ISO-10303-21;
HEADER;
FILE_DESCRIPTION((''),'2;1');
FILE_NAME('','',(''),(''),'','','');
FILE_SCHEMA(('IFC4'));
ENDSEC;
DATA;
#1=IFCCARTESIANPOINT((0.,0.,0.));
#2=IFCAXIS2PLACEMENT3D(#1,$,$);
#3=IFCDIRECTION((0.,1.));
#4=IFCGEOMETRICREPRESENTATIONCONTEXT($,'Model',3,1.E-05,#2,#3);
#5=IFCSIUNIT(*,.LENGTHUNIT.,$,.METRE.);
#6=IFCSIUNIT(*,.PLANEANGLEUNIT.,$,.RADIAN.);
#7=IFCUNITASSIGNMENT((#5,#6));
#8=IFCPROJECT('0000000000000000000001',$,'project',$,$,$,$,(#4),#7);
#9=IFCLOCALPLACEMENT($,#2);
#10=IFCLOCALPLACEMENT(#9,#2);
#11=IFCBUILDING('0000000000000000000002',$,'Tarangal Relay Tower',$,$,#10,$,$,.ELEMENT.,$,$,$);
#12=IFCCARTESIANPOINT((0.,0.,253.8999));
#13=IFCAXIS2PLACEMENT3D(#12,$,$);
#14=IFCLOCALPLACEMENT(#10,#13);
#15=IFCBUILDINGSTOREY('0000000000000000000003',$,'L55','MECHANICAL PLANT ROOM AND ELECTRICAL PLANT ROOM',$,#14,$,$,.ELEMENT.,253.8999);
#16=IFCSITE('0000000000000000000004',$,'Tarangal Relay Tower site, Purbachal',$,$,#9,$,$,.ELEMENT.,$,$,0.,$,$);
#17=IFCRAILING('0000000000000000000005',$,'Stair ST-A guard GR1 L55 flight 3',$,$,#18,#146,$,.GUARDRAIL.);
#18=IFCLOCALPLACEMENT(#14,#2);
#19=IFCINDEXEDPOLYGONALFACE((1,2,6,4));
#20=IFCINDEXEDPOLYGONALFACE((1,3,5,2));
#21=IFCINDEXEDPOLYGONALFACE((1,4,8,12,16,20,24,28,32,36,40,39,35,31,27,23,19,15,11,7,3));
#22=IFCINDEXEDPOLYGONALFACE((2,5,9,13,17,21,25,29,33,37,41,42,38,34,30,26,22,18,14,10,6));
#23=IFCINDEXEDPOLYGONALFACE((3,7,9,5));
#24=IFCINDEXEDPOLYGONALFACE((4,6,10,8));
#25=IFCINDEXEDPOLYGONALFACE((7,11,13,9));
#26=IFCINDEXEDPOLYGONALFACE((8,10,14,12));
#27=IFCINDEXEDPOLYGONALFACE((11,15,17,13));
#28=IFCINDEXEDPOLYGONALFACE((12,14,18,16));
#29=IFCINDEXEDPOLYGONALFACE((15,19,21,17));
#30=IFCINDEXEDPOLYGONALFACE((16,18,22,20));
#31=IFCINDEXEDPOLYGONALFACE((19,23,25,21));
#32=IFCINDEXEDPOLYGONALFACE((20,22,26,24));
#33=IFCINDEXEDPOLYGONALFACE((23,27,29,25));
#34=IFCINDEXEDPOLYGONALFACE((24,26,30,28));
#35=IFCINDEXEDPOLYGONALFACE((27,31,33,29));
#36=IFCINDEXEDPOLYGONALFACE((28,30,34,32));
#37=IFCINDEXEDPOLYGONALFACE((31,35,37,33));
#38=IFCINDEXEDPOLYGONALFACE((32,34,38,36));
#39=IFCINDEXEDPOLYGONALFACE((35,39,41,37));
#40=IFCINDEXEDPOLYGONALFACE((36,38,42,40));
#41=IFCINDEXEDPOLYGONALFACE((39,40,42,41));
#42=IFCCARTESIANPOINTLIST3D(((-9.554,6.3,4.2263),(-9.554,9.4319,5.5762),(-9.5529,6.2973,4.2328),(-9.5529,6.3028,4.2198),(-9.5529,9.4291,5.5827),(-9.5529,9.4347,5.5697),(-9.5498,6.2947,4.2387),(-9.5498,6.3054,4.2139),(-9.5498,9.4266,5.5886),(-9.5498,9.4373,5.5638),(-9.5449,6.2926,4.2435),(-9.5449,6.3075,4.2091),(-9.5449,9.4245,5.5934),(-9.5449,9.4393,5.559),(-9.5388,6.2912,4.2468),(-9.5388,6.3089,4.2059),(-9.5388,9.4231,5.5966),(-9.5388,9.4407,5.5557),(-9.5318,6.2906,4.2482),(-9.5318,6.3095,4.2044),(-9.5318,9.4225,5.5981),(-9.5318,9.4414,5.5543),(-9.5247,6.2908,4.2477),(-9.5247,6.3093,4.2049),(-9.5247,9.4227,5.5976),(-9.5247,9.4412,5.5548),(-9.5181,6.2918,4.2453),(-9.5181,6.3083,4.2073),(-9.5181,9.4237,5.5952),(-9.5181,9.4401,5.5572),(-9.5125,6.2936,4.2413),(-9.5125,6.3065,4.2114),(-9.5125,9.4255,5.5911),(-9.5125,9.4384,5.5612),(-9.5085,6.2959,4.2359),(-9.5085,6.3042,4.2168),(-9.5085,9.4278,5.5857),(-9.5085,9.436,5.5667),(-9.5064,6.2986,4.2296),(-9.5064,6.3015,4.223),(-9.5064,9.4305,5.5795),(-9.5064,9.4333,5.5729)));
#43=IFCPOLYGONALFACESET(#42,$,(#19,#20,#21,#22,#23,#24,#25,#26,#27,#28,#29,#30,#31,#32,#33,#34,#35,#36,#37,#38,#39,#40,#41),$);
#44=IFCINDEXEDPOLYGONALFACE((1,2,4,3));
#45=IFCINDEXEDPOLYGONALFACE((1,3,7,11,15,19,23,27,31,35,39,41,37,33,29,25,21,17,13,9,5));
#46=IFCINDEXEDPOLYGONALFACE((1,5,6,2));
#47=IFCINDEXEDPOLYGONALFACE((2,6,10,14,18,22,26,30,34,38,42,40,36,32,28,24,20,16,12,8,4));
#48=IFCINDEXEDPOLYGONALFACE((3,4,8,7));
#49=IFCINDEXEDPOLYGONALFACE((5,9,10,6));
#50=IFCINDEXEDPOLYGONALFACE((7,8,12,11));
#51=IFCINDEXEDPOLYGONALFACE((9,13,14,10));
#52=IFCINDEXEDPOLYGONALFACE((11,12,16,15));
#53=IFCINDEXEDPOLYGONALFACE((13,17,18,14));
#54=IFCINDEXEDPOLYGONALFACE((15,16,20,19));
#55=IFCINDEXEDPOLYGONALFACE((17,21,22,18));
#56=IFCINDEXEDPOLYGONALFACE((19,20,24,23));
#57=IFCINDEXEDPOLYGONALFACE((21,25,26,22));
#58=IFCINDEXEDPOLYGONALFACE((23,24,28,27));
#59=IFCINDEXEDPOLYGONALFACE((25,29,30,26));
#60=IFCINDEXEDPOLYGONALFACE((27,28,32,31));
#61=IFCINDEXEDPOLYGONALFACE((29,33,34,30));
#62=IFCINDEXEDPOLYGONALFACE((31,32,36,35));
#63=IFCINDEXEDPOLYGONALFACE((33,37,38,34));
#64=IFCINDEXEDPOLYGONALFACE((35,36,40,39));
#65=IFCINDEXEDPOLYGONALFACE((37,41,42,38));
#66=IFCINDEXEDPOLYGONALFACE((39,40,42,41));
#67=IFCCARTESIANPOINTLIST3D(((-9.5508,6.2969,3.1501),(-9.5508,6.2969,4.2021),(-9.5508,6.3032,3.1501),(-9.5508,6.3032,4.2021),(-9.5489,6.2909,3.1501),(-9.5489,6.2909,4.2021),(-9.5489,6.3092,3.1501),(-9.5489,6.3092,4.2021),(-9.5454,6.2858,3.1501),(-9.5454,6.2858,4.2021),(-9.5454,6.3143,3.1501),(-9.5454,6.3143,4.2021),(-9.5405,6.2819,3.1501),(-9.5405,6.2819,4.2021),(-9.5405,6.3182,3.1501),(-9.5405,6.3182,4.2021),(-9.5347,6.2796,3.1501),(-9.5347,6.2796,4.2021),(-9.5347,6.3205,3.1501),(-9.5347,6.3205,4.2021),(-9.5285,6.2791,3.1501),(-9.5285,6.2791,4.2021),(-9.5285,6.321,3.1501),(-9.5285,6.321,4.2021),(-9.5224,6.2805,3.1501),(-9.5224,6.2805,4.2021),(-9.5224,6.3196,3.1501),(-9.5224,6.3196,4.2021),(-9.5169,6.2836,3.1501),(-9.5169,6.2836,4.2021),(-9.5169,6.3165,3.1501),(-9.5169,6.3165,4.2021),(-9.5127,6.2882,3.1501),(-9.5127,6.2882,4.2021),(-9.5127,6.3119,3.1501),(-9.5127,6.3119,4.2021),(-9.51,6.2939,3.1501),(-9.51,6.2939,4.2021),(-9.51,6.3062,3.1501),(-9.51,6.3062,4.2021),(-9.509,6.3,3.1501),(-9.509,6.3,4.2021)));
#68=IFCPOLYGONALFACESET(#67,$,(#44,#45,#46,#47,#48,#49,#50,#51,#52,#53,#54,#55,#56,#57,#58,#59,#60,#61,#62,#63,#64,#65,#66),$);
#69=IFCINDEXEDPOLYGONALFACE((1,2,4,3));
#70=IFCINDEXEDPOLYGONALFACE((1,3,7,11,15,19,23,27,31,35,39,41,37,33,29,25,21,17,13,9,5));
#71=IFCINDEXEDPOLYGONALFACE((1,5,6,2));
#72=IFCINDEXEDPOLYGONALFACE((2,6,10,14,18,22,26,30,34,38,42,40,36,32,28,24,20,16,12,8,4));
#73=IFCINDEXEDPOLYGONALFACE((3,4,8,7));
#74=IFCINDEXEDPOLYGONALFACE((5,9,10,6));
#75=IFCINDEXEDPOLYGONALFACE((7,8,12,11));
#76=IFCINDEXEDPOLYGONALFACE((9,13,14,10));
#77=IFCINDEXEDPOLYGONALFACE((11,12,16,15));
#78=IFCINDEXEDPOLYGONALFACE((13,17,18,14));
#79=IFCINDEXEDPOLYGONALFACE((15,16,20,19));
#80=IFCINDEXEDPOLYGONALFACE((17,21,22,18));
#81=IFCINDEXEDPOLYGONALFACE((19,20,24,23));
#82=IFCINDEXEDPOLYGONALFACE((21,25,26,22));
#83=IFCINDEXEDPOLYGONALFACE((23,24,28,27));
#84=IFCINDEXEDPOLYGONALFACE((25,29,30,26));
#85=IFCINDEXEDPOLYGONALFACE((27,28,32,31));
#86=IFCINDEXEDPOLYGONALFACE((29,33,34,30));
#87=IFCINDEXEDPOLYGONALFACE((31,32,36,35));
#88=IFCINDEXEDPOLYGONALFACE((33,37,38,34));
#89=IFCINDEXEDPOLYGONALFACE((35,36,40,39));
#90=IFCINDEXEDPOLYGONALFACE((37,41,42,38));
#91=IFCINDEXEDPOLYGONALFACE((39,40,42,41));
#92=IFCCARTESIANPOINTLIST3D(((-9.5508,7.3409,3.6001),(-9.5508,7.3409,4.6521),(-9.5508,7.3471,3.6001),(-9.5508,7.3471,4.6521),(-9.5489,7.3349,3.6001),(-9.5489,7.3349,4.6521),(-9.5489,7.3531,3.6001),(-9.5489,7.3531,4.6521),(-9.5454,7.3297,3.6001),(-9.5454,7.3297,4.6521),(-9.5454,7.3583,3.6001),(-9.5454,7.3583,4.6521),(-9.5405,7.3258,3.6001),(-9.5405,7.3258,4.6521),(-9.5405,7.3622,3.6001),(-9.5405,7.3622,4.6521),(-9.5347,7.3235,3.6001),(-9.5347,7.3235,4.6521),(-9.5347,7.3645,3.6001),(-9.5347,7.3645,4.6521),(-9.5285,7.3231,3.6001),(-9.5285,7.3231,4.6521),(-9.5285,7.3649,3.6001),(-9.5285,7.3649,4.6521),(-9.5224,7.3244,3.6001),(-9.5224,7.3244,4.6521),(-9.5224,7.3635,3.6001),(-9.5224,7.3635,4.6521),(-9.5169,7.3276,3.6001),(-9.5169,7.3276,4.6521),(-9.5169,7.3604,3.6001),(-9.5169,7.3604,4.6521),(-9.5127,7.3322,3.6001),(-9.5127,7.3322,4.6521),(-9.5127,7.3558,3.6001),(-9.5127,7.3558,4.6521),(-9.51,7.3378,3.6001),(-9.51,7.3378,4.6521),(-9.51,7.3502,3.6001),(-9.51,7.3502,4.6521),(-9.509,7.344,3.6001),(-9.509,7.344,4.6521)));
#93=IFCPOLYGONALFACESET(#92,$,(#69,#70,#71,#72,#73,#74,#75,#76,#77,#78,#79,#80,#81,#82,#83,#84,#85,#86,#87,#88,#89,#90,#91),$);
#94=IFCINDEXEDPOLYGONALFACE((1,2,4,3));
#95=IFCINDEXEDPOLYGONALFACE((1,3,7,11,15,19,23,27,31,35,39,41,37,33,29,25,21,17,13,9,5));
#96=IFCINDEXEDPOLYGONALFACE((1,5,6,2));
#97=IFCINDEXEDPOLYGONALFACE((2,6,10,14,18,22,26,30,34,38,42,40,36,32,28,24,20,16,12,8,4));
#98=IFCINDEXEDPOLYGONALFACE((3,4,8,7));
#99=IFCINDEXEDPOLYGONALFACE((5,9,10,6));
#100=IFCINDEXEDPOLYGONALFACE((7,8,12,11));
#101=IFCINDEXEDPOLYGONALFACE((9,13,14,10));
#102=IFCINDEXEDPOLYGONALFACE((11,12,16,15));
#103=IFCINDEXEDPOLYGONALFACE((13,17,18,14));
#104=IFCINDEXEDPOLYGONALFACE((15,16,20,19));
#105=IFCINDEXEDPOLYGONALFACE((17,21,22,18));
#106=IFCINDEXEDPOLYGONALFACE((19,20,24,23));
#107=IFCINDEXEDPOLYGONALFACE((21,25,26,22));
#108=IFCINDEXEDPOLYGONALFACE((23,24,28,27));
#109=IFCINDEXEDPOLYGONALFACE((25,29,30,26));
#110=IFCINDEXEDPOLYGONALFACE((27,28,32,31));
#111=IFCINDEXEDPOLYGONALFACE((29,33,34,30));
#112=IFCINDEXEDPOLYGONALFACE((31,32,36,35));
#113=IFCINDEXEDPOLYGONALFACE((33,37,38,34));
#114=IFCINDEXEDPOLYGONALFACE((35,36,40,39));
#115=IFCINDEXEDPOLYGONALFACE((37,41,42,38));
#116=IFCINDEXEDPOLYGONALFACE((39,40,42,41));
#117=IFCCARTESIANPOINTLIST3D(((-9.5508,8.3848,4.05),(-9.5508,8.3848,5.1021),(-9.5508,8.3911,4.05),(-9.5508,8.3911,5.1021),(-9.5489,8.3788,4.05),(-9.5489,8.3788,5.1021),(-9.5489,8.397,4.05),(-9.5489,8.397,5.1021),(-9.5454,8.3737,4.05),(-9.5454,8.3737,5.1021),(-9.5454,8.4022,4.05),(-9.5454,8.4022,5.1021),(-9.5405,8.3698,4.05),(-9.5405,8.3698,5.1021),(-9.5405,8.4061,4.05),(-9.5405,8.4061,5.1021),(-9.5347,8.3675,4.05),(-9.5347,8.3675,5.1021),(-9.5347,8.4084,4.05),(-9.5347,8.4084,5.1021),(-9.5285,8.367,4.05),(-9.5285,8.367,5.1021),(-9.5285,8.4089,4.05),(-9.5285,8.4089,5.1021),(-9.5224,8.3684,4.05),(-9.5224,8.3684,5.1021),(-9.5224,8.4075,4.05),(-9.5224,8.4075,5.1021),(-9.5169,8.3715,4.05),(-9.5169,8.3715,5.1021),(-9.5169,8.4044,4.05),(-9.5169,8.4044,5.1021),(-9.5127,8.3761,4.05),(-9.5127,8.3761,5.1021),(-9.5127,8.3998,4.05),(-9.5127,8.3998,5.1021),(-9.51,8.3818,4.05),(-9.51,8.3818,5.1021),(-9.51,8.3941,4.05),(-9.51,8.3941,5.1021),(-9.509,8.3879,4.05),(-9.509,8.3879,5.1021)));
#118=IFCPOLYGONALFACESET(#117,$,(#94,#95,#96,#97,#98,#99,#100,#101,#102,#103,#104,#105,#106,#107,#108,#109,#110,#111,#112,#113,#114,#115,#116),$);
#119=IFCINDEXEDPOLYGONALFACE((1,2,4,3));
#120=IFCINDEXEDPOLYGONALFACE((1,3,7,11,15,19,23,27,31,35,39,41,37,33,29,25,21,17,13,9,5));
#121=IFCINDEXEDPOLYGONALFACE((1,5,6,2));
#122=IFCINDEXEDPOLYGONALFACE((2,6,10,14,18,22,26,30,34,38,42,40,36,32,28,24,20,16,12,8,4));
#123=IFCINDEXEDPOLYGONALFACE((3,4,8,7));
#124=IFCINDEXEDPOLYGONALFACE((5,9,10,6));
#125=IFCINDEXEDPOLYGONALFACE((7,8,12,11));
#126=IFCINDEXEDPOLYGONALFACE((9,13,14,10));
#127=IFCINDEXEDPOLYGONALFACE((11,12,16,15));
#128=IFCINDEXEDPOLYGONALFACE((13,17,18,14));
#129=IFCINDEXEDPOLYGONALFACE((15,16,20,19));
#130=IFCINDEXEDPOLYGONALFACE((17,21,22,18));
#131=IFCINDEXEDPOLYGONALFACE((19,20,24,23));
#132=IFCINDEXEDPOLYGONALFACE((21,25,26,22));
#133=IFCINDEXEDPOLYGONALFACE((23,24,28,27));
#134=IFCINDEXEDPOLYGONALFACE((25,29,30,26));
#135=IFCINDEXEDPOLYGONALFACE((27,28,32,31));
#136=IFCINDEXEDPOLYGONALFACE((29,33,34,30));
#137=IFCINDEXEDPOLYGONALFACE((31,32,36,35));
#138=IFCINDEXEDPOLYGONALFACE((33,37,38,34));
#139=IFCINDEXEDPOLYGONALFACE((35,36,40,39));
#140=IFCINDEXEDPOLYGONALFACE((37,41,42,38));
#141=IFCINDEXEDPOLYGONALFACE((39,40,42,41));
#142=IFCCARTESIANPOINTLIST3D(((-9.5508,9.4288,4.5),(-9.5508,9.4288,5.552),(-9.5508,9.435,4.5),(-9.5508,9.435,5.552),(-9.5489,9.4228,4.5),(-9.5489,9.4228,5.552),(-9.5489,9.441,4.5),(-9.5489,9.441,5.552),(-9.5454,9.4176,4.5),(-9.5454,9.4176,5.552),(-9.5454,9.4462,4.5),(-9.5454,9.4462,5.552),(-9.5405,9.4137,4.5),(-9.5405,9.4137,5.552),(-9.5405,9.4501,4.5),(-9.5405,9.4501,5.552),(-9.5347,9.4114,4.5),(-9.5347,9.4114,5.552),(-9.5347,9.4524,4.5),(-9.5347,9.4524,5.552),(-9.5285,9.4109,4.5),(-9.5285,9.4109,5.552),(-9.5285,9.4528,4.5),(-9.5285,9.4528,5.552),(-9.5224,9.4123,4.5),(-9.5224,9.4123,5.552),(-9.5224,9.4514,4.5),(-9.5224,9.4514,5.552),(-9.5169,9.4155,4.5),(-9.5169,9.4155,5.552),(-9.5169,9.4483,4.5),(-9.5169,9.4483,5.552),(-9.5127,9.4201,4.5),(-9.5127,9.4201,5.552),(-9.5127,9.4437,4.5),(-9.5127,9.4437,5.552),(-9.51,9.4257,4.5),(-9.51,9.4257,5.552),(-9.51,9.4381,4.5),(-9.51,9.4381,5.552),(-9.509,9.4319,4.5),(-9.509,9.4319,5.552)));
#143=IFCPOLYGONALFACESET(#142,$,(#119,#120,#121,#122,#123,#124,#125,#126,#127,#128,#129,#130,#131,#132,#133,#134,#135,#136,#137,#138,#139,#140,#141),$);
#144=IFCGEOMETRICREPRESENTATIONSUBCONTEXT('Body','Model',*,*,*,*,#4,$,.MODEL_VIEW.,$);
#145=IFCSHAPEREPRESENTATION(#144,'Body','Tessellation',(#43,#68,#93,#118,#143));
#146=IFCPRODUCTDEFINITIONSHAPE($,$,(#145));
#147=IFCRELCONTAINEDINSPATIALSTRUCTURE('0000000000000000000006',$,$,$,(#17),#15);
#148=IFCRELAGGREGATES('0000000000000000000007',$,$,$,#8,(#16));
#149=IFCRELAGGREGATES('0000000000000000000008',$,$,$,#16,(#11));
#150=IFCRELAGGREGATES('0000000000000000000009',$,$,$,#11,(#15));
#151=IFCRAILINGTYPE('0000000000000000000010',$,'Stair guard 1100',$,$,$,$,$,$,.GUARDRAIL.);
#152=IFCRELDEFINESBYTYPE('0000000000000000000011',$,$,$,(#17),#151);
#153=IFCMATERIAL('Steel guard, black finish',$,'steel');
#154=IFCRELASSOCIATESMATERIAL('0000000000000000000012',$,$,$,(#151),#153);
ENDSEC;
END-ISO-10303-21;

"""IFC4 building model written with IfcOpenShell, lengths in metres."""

from ifc_helpers import new_model, si_unit, direction, frame, origin, origin_2d, place, context, subcontext, project, spatial, circle, extrude, material, type_object, element, save


model = new_model("IFC4")

# Units and contexts
model_context = context("Model", 3, precision=1e-05, world=origin(), true_north=direction((0.0, 1.0)))
body_context = subcontext(model_context, "Body", "Model", "MODEL_VIEW")
ifc_project = project(units=[si_unit("LENGTHUNIT", "METRE"), si_unit("PLANEANGLEUNIT", "RADIAN")], contexts=[model_context])

# Site, building, storey
site_placement = place(None, origin())
site = spatial("IfcSite", under=ifc_project, at=site_placement, Name="Tarangal Relay Tower site, Purbachal", CompositionType="ELEMENT", RefElevation=0.0)
building_placement = place(site_placement, origin())
building = spatial("IfcBuilding", under=site, at=building_placement, Name="Tarangal Relay Tower", CompositionType="ELEMENT")
storey_placement = place(building_placement, frame((0.0, 0.0, 253.8999)))
storey = spatial("IfcBuildingStorey", under=building, at=storey_placement, Name="L55", Description="MECHANICAL PLANT ROOM AND ELECTRICAL PLANT ROOM", CompositionType="ELEMENT", Elevation=253.8999)

# Railing
ifc_material_1 = material(Name="Steel guard, black finish", Category="steel")
railing_type_1 = type_object("IfcRailingType", Name="Stair guard 1100", PredefinedType="GUARDRAIL", material=ifc_material_1)
for number, where, name in (
    (1, (-9.53, 6.3, 3.1501), "Stair ST-A guard GR1 L55 flight 3"),
):
    element("IfcRailing", number, at=place(storey_placement, frame(where)), inside=storey, type_object=railing_type_1, Name=name, PredefinedType="GUARDRAIL", context=body_context, shape_type="SweptSolid", body=[
        extrude(circle(Radius=0.0239, at=origin_2d()), frame((0.0, 0.0, 1.0762), z_axis=(0.0, 0.918332, 0.395811), x_axis=(-1.0, 0.0, 0.0)), (0.0, 0.0, 1.0), 3.4104),
        extrude(circle(Radius=0.021, at=origin_2d()), origin(), (0.0, 0.0, 1.0), 1.052),
        extrude(circle(Radius=0.021, at=origin_2d()), frame((0.0, 1.0439, 0.45)), (0.0, 0.0, 1.0), 1.052),
        extrude(circle(Radius=0.021, at=origin_2d()), frame((0.0, 2.0879, 0.8999)), (0.0, 0.0, 1.0), 1.052),
        extrude(circle(Radius=0.021, at=origin_2d()), frame((0.0, 3.1318, 1.3499)), (0.0, 0.0, 1.0), 1.052),
    ])

save(model, "model.ifc")
